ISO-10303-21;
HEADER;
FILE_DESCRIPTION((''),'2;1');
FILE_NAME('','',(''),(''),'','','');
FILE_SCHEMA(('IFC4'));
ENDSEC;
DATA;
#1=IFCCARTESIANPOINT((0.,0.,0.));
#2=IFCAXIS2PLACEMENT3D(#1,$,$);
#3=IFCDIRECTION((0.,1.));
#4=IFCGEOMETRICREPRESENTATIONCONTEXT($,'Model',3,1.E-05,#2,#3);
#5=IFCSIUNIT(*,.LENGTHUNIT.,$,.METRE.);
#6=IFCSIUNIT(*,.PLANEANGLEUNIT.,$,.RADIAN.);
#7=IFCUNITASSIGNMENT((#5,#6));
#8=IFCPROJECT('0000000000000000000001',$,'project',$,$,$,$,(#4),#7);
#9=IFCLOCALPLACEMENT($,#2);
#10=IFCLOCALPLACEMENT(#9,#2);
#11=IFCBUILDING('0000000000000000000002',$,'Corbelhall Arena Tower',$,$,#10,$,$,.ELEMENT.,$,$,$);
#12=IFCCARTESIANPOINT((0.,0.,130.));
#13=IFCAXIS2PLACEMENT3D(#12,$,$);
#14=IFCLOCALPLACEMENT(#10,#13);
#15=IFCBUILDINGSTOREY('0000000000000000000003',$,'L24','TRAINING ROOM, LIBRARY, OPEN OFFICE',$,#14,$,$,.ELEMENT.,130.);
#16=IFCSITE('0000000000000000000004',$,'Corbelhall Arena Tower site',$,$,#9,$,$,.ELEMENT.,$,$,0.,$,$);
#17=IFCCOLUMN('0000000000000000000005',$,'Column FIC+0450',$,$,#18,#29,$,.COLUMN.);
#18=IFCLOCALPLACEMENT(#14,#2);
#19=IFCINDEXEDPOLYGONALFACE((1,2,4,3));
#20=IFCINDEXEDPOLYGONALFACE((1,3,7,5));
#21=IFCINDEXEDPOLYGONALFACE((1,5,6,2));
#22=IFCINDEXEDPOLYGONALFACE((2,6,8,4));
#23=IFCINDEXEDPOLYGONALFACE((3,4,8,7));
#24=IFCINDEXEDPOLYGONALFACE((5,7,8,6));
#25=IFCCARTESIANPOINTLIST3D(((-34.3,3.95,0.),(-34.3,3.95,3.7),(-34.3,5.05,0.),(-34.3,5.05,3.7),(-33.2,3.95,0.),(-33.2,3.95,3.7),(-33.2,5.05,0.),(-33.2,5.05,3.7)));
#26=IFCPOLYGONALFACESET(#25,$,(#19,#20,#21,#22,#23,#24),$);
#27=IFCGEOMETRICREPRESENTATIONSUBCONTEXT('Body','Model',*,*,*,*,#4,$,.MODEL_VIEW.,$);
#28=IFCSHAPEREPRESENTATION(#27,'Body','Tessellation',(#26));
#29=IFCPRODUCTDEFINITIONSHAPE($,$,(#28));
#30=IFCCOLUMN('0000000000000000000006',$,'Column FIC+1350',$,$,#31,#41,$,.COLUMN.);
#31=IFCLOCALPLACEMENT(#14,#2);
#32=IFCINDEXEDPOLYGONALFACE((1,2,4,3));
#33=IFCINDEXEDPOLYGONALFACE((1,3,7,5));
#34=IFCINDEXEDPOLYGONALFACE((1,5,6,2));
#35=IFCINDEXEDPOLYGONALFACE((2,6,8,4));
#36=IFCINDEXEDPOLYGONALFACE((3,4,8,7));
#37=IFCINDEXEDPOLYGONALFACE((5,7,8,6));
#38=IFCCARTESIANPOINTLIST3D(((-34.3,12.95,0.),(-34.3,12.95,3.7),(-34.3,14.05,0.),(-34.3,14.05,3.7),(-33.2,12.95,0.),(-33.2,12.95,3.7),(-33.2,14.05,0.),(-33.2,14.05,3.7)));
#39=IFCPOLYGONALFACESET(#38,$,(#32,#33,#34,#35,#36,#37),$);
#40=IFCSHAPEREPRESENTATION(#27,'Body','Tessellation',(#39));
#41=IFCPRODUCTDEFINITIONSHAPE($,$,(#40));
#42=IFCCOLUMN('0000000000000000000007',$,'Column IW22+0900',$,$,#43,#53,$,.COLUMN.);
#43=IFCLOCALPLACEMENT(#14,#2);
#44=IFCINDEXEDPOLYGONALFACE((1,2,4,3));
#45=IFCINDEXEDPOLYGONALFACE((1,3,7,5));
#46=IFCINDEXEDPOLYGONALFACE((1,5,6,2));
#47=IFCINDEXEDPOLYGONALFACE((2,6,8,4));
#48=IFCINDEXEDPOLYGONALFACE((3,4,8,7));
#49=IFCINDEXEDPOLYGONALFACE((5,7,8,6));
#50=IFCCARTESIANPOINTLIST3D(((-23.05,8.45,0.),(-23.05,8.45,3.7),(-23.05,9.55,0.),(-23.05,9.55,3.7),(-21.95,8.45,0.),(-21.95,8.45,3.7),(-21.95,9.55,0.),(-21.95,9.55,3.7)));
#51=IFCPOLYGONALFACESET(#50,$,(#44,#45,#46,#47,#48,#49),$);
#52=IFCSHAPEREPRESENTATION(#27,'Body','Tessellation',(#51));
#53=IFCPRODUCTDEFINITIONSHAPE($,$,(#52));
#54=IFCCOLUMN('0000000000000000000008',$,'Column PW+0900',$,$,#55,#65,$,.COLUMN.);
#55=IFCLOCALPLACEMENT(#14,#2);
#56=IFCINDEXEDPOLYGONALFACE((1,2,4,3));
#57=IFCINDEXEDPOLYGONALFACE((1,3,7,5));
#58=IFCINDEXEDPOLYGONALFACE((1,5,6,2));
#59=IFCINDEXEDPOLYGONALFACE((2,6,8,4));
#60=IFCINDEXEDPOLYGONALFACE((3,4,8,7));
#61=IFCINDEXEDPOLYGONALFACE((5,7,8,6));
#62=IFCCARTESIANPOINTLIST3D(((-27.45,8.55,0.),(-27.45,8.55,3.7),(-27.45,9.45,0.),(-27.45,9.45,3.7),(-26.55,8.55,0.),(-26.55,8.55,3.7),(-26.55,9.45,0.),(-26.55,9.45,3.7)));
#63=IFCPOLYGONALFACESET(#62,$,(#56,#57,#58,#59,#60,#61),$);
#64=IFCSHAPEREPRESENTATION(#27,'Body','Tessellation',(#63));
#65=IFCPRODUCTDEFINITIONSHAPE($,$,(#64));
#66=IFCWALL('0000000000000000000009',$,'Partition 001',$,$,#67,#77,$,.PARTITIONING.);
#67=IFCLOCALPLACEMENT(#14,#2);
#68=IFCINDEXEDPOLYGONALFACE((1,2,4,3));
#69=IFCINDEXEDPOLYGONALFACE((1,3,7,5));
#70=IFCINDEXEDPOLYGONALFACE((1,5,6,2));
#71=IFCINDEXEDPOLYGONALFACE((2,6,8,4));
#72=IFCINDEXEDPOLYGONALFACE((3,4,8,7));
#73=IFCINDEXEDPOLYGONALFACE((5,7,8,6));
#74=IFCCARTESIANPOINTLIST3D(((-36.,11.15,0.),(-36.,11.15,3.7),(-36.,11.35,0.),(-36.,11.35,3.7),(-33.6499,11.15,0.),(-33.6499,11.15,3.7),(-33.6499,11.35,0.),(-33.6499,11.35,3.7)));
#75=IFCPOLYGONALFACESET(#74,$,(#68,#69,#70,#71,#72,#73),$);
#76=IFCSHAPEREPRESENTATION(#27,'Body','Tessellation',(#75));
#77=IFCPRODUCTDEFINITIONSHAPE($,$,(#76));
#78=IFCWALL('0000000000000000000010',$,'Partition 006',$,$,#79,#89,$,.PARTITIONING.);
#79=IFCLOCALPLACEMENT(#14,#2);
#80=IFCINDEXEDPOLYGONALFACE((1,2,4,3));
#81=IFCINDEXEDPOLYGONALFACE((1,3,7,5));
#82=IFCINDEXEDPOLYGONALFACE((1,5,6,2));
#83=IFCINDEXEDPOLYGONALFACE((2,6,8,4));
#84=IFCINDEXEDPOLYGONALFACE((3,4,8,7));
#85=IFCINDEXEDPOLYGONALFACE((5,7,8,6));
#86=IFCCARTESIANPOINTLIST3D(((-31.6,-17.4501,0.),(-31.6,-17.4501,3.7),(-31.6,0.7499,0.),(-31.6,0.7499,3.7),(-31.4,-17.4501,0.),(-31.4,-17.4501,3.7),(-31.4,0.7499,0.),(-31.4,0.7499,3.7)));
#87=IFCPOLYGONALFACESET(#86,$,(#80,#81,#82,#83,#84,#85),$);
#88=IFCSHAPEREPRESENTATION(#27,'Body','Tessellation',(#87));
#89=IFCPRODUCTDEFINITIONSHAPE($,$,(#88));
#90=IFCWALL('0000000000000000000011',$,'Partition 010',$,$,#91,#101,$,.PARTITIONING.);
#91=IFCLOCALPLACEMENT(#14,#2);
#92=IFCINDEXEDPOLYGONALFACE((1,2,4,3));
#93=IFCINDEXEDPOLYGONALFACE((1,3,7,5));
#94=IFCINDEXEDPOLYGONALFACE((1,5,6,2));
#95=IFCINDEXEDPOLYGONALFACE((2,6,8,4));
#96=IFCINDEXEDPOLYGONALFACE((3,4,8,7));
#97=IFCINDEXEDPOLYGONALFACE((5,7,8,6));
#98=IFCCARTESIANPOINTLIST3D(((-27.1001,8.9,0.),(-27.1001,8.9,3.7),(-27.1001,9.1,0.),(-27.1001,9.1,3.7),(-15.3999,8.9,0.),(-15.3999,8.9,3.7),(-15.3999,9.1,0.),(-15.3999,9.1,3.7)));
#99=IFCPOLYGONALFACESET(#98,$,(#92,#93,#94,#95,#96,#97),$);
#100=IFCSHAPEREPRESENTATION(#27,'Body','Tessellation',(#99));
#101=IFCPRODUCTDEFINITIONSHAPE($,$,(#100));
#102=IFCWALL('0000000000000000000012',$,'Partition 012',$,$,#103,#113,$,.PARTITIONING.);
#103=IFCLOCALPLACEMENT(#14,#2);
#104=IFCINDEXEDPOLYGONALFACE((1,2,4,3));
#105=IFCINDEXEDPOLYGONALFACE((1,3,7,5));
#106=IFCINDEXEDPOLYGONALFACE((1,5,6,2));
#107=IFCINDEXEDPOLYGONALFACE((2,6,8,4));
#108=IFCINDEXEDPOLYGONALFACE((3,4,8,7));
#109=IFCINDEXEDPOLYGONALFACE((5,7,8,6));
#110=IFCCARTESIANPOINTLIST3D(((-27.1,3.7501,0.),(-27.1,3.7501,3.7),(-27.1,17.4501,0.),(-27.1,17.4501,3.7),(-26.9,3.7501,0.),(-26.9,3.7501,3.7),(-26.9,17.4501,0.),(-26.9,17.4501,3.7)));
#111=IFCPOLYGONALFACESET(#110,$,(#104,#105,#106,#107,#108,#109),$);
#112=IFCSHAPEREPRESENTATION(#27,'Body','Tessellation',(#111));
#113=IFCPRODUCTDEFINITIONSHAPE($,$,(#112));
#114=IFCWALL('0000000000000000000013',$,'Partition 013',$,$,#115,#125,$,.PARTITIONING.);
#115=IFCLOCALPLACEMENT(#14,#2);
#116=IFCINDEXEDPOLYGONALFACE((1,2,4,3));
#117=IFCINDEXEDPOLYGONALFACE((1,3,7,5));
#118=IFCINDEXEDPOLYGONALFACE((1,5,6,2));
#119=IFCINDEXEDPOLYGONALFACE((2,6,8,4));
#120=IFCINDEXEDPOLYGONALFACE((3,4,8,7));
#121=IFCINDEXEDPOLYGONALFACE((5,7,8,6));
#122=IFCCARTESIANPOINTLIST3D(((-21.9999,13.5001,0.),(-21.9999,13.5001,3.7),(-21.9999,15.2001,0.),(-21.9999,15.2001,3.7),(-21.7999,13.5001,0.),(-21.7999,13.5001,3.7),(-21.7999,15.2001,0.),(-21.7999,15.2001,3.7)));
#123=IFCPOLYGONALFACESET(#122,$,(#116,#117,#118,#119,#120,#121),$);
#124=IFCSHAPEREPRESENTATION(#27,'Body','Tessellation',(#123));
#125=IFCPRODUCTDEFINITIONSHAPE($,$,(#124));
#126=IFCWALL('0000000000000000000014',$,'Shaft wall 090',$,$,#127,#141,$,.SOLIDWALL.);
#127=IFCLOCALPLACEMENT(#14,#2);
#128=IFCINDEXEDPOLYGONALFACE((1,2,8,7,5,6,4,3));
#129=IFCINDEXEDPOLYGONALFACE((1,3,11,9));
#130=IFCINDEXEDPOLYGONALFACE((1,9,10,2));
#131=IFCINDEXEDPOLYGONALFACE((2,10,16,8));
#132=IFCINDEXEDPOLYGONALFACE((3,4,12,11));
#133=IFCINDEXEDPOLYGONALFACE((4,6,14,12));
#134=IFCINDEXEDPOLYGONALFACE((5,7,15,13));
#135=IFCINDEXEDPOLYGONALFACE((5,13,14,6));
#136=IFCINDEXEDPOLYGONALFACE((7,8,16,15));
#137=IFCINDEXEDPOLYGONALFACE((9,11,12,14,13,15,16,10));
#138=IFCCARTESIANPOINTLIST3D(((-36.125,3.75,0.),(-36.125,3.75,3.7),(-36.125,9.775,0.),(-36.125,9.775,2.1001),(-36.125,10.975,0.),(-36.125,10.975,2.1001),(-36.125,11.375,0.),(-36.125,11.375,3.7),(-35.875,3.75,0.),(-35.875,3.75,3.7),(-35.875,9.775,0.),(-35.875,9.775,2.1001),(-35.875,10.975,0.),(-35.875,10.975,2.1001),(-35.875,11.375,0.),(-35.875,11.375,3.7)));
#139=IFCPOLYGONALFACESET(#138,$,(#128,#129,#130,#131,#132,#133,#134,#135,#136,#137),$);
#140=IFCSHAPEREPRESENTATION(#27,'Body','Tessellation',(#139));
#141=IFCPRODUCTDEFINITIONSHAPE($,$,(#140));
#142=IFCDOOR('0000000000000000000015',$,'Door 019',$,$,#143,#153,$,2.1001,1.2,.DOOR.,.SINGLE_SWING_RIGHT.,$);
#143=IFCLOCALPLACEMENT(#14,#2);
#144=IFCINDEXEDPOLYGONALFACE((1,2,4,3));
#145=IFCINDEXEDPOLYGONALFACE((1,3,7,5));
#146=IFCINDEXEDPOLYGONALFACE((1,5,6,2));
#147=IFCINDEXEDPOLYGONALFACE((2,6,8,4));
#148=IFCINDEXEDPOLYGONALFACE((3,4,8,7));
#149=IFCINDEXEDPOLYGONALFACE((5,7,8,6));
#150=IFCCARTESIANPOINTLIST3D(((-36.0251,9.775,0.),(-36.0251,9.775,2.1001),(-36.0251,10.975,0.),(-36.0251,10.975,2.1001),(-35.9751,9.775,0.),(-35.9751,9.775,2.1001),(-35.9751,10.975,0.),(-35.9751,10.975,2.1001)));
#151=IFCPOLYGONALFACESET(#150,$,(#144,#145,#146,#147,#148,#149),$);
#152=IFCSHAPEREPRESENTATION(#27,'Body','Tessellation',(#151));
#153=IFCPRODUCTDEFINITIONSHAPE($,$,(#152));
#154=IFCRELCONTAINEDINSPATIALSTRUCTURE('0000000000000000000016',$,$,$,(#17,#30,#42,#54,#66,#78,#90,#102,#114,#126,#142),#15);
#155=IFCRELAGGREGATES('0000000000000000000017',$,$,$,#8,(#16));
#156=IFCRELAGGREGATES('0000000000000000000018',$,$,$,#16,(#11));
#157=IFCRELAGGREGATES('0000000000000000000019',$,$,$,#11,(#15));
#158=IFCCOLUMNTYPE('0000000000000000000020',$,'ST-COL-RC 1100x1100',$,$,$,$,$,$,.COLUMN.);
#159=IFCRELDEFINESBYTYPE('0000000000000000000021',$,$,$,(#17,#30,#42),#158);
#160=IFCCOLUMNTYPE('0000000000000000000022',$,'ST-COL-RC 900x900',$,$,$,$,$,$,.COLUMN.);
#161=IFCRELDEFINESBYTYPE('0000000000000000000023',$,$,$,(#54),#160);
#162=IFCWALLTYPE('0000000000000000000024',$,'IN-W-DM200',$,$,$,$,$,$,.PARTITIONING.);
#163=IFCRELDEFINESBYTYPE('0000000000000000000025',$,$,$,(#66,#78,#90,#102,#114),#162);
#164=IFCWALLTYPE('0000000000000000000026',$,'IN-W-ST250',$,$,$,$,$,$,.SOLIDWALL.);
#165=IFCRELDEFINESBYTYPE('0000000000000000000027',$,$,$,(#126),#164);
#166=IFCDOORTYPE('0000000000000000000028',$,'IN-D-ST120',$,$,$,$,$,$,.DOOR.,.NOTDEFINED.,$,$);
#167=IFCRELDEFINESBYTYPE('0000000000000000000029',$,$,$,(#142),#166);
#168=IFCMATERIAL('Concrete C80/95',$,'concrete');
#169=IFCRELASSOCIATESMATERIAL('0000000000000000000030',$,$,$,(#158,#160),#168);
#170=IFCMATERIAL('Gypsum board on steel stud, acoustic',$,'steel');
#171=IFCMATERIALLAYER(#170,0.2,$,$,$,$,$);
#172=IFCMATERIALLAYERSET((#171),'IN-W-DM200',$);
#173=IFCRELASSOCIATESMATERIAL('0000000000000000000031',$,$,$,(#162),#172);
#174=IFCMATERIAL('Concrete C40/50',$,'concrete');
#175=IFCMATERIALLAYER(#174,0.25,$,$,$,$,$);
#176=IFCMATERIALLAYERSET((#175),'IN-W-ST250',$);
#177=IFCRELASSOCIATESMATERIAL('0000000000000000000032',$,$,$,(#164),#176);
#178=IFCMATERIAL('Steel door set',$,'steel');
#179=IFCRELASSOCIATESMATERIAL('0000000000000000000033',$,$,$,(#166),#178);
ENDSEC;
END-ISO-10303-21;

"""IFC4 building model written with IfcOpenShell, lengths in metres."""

from ifc_helpers import new_model, si_unit, direction, frame, frame_2d, origin, origin_2d, place, context, subcontext, project, spatial, rectangle, extrude, material, layer, layer_set, material_profile, profile_set, type_object, element, fill, save


model = new_model("IFC4")

# Units and contexts
model_context = context("Model", 3, precision=1e-05, world=origin(), true_north=direction((0.0, 1.0)))
body_context = subcontext(model_context, "Body", "Model", "MODEL_VIEW")
ifc_project = project(units=[si_unit("LENGTHUNIT", "METRE"), si_unit("PLANEANGLEUNIT", "RADIAN")], contexts=[model_context])

# Site, building, storey
site_placement = place(None, origin())
site = spatial("IfcSite", under=ifc_project, at=site_placement, Name="Corbelhall Arena Tower site", CompositionType="ELEMENT", RefElevation=0.0)
building_placement = place(site_placement, origin())
building = spatial("IfcBuilding", under=site, at=building_placement, Name="Corbelhall Arena Tower", CompositionType="ELEMENT")
storey_placement = place(building_placement, frame((0.0, 0.0, 130.0)))
storey = spatial("IfcBuildingStorey", under=building, at=storey_placement, Name="L24", Description="TRAINING ROOM, LIBRARY, OPEN OFFICE", CompositionType="ELEMENT", Elevation=130.0)

# Columns
ifc_material_1 = material(Name="Concrete C80/95", Category="concrete")
ifc_material_profile_1 = material_profile(ifc_material_1, rectangle(XDim=1.1001, YDim=1.1001, at=origin_2d()))
ifc_profile_set_1 = profile_set([ifc_material_profile_1], Name="Concrete C80/95")
column_type_1 = type_object("IfcColumnType", Name="ST-COL-RC 1100x1100", PredefinedType="COLUMN", material=ifc_profile_set_1)
for number, where, z_axis, x_axis, name in (
    (1, (-33.75, 4.5, 0.0), (0.0, 0.0, 1.0), (1.0, 0.0, 0.0), "Column FIC+0450"),
    (2, (-33.75, 13.5, 0.0), (0.0, 0.0, 1.0), (1.0, 0.0, 0.0), "Column FIC+1350"),
    (3, (-22.5, 9.0, 0.0), (0.0, 0.0, 1.0), (1.0, 0.0, 0.0), "Column IW22+0900"),
):
    element("IfcColumn", number, at=place(storey_placement, frame(where, z_axis=z_axis, x_axis=x_axis)), inside=storey, type_object=column_type_1, Name=name, PredefinedType="COLUMN", context=body_context, shape_type="SweptSolid", body=[
        extrude(rectangle(XDim=1.1001, YDim=1.1001, at=origin_2d()), origin(), (0.0, 0.0, 1.0), 3.7),
    ])
ifc_material_profile_2 = material_profile(ifc_material_1, rectangle(XDim=0.8999, YDim=0.8999, at=origin_2d()))
ifc_profile_set_2 = profile_set([ifc_material_profile_2], Name="Concrete C80/95")
column_type_2 = type_object("IfcColumnType", Name="ST-COL-RC 900x900", PredefinedType="COLUMN", material=ifc_profile_set_2)
column_placement = place(storey_placement, frame((-27.0, 9.0, 0.0), z_axis=(0.0, 0.0, 1.0), x_axis=(1.0, 0.0, 0.0)))
element("IfcColumn", 4, at=column_placement, inside=storey, type_object=column_type_2, Name="Column PW+0900", PredefinedType="COLUMN", context=body_context, shape_type="SweptSolid", body=[
    extrude(rectangle(XDim=0.8999, YDim=0.8999, at=origin_2d()), origin(), (0.0, 0.0, 1.0), 3.7),
])

# Wall
ifc_material_2 = material(Name="Gypsum board on steel stud, acoustic", Category="steel")
ifc_layer_1 = layer(ifc_material_2, 0.2)
ifc_layer_set_1 = layer_set([ifc_layer_1], Name="IN-W-DM200")
wall_type_1 = type_object("IfcWallType", Name="IN-W-DM200", PredefinedType="PARTITIONING", material=ifc_layer_set_1)
wall_1_placement = place(storey_placement, frame((-36.0, 11.25, 0.0), z_axis=(0.0, 0.0, 1.0), x_axis=(1.0, 0.0, 0.0)))
element("IfcWall", 5, at=wall_1_placement, inside=storey, type_object=wall_type_1, Name="Partition 001", PredefinedType="PARTITIONING", context=body_context, shape_type="SweptSolid", body=[
    extrude(rectangle(XDim=2.3501, YDim=0.2, at=frame_2d((1.175, 0.0))), origin(), (0.0, 0.0, 1.0), 3.7),
])

# Shared definitions
ifc_material_3 = material(Name="Steel door set", Category="steel")

# Walls
wall_2_placement = place(storey_placement, frame((-31.5, 0.75, 0.0), z_axis=(0.0, 0.0, 1.0), x_axis=(0.0, -1.0, 0.0)))
element("IfcWall", 6, at=wall_2_placement, inside=storey, type_object=wall_type_1, Name="Partition 006", PredefinedType="PARTITIONING", context=body_context, shape_type="SweptSolid", body=[
    extrude(rectangle(XDim=18.2, YDim=0.2, at=frame_2d((9.1001, 0.0))), origin(), (0.0, 0.0, 1.0), 3.7),
])
wall_3_placement = place(storey_placement, frame((-27.1001, 9.0, 0.0), z_axis=(0.0, 0.0, 1.0), x_axis=(1.0, 0.0, 0.0)))
element("IfcWall", 7, at=wall_3_placement, inside=storey, type_object=wall_type_1, Name="Partition 010", PredefinedType="PARTITIONING", context=body_context, shape_type="SweptSolid", body=[
    extrude(rectangle(XDim=11.7002, YDim=0.2, at=frame_2d((5.8501, 0.0))), origin(), (0.0, 0.0, 1.0), 3.7),
])
wall_4_placement = place(storey_placement, frame((-27.0, 3.75, 0.0), z_axis=(0.0, 0.0, 1.0), x_axis=(0.0, 1.0, 0.0)))
element("IfcWall", 8, at=wall_4_placement, inside=storey, type_object=wall_type_1, Name="Partition 012", PredefinedType="PARTITIONING", context=body_context, shape_type="SweptSolid", body=[
    extrude(rectangle(XDim=13.7, YDim=0.2, at=frame_2d((6.8501, 0.0))), origin(), (0.0, 0.0, 1.0), 3.7),
])
wall_5_placement = place(storey_placement, frame((-21.8999, 13.5, 0.0), z_axis=(0.0, 0.0, 1.0), x_axis=(0.0, 1.0, 0.0)))
element("IfcWall", 9, at=wall_5_placement, inside=storey, type_object=wall_type_1, Name="Partition 013", PredefinedType="PARTITIONING", context=body_context, shape_type="SweptSolid", body=[
    extrude(rectangle(XDim=1.7, YDim=0.2, at=frame_2d((0.8501, 0.0))), origin(), (0.0, 0.0, 1.0), 3.7),
])

# Wall, opening, door
ifc_material_4 = material(Name="Concrete C40/50", Category="concrete")
ifc_layer_2 = layer(ifc_material_4, 0.25)
ifc_layer_set_2 = layer_set([ifc_layer_2], Name="IN-W-ST250")
wall_type_2 = type_object("IfcWallType", Name="IN-W-ST250", PredefinedType="SOLIDWALL", material=ifc_layer_set_2)
wall_6_placement = place(storey_placement, frame((-36.0, 11.375, 0.0), z_axis=(0.0, 0.0, 1.0), x_axis=(0.0, -1.0, 0.0)))
wall_6 = element("IfcWall", 10, at=wall_6_placement, inside=storey, type_object=wall_type_2, Name="Shaft wall 090", PredefinedType="SOLIDWALL", context=body_context, shape_type="SweptSolid", body=[
    extrude(rectangle(XDim=7.625, YDim=0.25, at=frame_2d((3.8125, 0.0))), origin(), (0.0, 0.0, 1.0), 3.7),
])
opening_1_placement = place(wall_6_placement, frame((0.3999, 0.0, 0.0)))
opening_1 = element("IfcOpeningElement", 11, at=opening_1_placement, cuts=wall_6, PredefinedType="OPENING", context=body_context, shape_type="SweptSolid", body=[
    extrude(rectangle(XDim=1.2, YDim=2.1001, at=frame_2d((0.6001, 1.05))), frame((0.0, 0.125, 0.0), z_axis=(0.0, -1.0, 0.0), x_axis=(1.0, 0.0, 0.0)), (0.0, 0.0, 1.0), 0.25),
])
door_type_1 = type_object("IfcDoorType", Name="IN-D-ST120", OperationType="NOTDEFINED", PredefinedType="DOOR", material=ifc_material_3)
door_1_placement = place(opening_1_placement, origin())
door_1 = element("IfcDoor", 12, at=door_1_placement, inside=storey, type_object=door_type_1, Name="Door 019", OperationType="SINGLE_SWING_RIGHT", OverallHeight=2.1001, OverallWidth=1.2, PredefinedType="DOOR", context=body_context, shape_type="SweptSolid", body=[
    extrude(rectangle(XDim=1.2, YDim=2.1001, at=frame_2d((0.6001, 1.05))), frame((0.0, 0.0249, 0.0), z_axis=(0.0, -1.0, 0.0), x_axis=(1.0, 0.0, 0.0)), (0.0, 0.0, 1.0), 0.05),
])
fill(opening_1, door_1)

save(model, "model.ifc")
